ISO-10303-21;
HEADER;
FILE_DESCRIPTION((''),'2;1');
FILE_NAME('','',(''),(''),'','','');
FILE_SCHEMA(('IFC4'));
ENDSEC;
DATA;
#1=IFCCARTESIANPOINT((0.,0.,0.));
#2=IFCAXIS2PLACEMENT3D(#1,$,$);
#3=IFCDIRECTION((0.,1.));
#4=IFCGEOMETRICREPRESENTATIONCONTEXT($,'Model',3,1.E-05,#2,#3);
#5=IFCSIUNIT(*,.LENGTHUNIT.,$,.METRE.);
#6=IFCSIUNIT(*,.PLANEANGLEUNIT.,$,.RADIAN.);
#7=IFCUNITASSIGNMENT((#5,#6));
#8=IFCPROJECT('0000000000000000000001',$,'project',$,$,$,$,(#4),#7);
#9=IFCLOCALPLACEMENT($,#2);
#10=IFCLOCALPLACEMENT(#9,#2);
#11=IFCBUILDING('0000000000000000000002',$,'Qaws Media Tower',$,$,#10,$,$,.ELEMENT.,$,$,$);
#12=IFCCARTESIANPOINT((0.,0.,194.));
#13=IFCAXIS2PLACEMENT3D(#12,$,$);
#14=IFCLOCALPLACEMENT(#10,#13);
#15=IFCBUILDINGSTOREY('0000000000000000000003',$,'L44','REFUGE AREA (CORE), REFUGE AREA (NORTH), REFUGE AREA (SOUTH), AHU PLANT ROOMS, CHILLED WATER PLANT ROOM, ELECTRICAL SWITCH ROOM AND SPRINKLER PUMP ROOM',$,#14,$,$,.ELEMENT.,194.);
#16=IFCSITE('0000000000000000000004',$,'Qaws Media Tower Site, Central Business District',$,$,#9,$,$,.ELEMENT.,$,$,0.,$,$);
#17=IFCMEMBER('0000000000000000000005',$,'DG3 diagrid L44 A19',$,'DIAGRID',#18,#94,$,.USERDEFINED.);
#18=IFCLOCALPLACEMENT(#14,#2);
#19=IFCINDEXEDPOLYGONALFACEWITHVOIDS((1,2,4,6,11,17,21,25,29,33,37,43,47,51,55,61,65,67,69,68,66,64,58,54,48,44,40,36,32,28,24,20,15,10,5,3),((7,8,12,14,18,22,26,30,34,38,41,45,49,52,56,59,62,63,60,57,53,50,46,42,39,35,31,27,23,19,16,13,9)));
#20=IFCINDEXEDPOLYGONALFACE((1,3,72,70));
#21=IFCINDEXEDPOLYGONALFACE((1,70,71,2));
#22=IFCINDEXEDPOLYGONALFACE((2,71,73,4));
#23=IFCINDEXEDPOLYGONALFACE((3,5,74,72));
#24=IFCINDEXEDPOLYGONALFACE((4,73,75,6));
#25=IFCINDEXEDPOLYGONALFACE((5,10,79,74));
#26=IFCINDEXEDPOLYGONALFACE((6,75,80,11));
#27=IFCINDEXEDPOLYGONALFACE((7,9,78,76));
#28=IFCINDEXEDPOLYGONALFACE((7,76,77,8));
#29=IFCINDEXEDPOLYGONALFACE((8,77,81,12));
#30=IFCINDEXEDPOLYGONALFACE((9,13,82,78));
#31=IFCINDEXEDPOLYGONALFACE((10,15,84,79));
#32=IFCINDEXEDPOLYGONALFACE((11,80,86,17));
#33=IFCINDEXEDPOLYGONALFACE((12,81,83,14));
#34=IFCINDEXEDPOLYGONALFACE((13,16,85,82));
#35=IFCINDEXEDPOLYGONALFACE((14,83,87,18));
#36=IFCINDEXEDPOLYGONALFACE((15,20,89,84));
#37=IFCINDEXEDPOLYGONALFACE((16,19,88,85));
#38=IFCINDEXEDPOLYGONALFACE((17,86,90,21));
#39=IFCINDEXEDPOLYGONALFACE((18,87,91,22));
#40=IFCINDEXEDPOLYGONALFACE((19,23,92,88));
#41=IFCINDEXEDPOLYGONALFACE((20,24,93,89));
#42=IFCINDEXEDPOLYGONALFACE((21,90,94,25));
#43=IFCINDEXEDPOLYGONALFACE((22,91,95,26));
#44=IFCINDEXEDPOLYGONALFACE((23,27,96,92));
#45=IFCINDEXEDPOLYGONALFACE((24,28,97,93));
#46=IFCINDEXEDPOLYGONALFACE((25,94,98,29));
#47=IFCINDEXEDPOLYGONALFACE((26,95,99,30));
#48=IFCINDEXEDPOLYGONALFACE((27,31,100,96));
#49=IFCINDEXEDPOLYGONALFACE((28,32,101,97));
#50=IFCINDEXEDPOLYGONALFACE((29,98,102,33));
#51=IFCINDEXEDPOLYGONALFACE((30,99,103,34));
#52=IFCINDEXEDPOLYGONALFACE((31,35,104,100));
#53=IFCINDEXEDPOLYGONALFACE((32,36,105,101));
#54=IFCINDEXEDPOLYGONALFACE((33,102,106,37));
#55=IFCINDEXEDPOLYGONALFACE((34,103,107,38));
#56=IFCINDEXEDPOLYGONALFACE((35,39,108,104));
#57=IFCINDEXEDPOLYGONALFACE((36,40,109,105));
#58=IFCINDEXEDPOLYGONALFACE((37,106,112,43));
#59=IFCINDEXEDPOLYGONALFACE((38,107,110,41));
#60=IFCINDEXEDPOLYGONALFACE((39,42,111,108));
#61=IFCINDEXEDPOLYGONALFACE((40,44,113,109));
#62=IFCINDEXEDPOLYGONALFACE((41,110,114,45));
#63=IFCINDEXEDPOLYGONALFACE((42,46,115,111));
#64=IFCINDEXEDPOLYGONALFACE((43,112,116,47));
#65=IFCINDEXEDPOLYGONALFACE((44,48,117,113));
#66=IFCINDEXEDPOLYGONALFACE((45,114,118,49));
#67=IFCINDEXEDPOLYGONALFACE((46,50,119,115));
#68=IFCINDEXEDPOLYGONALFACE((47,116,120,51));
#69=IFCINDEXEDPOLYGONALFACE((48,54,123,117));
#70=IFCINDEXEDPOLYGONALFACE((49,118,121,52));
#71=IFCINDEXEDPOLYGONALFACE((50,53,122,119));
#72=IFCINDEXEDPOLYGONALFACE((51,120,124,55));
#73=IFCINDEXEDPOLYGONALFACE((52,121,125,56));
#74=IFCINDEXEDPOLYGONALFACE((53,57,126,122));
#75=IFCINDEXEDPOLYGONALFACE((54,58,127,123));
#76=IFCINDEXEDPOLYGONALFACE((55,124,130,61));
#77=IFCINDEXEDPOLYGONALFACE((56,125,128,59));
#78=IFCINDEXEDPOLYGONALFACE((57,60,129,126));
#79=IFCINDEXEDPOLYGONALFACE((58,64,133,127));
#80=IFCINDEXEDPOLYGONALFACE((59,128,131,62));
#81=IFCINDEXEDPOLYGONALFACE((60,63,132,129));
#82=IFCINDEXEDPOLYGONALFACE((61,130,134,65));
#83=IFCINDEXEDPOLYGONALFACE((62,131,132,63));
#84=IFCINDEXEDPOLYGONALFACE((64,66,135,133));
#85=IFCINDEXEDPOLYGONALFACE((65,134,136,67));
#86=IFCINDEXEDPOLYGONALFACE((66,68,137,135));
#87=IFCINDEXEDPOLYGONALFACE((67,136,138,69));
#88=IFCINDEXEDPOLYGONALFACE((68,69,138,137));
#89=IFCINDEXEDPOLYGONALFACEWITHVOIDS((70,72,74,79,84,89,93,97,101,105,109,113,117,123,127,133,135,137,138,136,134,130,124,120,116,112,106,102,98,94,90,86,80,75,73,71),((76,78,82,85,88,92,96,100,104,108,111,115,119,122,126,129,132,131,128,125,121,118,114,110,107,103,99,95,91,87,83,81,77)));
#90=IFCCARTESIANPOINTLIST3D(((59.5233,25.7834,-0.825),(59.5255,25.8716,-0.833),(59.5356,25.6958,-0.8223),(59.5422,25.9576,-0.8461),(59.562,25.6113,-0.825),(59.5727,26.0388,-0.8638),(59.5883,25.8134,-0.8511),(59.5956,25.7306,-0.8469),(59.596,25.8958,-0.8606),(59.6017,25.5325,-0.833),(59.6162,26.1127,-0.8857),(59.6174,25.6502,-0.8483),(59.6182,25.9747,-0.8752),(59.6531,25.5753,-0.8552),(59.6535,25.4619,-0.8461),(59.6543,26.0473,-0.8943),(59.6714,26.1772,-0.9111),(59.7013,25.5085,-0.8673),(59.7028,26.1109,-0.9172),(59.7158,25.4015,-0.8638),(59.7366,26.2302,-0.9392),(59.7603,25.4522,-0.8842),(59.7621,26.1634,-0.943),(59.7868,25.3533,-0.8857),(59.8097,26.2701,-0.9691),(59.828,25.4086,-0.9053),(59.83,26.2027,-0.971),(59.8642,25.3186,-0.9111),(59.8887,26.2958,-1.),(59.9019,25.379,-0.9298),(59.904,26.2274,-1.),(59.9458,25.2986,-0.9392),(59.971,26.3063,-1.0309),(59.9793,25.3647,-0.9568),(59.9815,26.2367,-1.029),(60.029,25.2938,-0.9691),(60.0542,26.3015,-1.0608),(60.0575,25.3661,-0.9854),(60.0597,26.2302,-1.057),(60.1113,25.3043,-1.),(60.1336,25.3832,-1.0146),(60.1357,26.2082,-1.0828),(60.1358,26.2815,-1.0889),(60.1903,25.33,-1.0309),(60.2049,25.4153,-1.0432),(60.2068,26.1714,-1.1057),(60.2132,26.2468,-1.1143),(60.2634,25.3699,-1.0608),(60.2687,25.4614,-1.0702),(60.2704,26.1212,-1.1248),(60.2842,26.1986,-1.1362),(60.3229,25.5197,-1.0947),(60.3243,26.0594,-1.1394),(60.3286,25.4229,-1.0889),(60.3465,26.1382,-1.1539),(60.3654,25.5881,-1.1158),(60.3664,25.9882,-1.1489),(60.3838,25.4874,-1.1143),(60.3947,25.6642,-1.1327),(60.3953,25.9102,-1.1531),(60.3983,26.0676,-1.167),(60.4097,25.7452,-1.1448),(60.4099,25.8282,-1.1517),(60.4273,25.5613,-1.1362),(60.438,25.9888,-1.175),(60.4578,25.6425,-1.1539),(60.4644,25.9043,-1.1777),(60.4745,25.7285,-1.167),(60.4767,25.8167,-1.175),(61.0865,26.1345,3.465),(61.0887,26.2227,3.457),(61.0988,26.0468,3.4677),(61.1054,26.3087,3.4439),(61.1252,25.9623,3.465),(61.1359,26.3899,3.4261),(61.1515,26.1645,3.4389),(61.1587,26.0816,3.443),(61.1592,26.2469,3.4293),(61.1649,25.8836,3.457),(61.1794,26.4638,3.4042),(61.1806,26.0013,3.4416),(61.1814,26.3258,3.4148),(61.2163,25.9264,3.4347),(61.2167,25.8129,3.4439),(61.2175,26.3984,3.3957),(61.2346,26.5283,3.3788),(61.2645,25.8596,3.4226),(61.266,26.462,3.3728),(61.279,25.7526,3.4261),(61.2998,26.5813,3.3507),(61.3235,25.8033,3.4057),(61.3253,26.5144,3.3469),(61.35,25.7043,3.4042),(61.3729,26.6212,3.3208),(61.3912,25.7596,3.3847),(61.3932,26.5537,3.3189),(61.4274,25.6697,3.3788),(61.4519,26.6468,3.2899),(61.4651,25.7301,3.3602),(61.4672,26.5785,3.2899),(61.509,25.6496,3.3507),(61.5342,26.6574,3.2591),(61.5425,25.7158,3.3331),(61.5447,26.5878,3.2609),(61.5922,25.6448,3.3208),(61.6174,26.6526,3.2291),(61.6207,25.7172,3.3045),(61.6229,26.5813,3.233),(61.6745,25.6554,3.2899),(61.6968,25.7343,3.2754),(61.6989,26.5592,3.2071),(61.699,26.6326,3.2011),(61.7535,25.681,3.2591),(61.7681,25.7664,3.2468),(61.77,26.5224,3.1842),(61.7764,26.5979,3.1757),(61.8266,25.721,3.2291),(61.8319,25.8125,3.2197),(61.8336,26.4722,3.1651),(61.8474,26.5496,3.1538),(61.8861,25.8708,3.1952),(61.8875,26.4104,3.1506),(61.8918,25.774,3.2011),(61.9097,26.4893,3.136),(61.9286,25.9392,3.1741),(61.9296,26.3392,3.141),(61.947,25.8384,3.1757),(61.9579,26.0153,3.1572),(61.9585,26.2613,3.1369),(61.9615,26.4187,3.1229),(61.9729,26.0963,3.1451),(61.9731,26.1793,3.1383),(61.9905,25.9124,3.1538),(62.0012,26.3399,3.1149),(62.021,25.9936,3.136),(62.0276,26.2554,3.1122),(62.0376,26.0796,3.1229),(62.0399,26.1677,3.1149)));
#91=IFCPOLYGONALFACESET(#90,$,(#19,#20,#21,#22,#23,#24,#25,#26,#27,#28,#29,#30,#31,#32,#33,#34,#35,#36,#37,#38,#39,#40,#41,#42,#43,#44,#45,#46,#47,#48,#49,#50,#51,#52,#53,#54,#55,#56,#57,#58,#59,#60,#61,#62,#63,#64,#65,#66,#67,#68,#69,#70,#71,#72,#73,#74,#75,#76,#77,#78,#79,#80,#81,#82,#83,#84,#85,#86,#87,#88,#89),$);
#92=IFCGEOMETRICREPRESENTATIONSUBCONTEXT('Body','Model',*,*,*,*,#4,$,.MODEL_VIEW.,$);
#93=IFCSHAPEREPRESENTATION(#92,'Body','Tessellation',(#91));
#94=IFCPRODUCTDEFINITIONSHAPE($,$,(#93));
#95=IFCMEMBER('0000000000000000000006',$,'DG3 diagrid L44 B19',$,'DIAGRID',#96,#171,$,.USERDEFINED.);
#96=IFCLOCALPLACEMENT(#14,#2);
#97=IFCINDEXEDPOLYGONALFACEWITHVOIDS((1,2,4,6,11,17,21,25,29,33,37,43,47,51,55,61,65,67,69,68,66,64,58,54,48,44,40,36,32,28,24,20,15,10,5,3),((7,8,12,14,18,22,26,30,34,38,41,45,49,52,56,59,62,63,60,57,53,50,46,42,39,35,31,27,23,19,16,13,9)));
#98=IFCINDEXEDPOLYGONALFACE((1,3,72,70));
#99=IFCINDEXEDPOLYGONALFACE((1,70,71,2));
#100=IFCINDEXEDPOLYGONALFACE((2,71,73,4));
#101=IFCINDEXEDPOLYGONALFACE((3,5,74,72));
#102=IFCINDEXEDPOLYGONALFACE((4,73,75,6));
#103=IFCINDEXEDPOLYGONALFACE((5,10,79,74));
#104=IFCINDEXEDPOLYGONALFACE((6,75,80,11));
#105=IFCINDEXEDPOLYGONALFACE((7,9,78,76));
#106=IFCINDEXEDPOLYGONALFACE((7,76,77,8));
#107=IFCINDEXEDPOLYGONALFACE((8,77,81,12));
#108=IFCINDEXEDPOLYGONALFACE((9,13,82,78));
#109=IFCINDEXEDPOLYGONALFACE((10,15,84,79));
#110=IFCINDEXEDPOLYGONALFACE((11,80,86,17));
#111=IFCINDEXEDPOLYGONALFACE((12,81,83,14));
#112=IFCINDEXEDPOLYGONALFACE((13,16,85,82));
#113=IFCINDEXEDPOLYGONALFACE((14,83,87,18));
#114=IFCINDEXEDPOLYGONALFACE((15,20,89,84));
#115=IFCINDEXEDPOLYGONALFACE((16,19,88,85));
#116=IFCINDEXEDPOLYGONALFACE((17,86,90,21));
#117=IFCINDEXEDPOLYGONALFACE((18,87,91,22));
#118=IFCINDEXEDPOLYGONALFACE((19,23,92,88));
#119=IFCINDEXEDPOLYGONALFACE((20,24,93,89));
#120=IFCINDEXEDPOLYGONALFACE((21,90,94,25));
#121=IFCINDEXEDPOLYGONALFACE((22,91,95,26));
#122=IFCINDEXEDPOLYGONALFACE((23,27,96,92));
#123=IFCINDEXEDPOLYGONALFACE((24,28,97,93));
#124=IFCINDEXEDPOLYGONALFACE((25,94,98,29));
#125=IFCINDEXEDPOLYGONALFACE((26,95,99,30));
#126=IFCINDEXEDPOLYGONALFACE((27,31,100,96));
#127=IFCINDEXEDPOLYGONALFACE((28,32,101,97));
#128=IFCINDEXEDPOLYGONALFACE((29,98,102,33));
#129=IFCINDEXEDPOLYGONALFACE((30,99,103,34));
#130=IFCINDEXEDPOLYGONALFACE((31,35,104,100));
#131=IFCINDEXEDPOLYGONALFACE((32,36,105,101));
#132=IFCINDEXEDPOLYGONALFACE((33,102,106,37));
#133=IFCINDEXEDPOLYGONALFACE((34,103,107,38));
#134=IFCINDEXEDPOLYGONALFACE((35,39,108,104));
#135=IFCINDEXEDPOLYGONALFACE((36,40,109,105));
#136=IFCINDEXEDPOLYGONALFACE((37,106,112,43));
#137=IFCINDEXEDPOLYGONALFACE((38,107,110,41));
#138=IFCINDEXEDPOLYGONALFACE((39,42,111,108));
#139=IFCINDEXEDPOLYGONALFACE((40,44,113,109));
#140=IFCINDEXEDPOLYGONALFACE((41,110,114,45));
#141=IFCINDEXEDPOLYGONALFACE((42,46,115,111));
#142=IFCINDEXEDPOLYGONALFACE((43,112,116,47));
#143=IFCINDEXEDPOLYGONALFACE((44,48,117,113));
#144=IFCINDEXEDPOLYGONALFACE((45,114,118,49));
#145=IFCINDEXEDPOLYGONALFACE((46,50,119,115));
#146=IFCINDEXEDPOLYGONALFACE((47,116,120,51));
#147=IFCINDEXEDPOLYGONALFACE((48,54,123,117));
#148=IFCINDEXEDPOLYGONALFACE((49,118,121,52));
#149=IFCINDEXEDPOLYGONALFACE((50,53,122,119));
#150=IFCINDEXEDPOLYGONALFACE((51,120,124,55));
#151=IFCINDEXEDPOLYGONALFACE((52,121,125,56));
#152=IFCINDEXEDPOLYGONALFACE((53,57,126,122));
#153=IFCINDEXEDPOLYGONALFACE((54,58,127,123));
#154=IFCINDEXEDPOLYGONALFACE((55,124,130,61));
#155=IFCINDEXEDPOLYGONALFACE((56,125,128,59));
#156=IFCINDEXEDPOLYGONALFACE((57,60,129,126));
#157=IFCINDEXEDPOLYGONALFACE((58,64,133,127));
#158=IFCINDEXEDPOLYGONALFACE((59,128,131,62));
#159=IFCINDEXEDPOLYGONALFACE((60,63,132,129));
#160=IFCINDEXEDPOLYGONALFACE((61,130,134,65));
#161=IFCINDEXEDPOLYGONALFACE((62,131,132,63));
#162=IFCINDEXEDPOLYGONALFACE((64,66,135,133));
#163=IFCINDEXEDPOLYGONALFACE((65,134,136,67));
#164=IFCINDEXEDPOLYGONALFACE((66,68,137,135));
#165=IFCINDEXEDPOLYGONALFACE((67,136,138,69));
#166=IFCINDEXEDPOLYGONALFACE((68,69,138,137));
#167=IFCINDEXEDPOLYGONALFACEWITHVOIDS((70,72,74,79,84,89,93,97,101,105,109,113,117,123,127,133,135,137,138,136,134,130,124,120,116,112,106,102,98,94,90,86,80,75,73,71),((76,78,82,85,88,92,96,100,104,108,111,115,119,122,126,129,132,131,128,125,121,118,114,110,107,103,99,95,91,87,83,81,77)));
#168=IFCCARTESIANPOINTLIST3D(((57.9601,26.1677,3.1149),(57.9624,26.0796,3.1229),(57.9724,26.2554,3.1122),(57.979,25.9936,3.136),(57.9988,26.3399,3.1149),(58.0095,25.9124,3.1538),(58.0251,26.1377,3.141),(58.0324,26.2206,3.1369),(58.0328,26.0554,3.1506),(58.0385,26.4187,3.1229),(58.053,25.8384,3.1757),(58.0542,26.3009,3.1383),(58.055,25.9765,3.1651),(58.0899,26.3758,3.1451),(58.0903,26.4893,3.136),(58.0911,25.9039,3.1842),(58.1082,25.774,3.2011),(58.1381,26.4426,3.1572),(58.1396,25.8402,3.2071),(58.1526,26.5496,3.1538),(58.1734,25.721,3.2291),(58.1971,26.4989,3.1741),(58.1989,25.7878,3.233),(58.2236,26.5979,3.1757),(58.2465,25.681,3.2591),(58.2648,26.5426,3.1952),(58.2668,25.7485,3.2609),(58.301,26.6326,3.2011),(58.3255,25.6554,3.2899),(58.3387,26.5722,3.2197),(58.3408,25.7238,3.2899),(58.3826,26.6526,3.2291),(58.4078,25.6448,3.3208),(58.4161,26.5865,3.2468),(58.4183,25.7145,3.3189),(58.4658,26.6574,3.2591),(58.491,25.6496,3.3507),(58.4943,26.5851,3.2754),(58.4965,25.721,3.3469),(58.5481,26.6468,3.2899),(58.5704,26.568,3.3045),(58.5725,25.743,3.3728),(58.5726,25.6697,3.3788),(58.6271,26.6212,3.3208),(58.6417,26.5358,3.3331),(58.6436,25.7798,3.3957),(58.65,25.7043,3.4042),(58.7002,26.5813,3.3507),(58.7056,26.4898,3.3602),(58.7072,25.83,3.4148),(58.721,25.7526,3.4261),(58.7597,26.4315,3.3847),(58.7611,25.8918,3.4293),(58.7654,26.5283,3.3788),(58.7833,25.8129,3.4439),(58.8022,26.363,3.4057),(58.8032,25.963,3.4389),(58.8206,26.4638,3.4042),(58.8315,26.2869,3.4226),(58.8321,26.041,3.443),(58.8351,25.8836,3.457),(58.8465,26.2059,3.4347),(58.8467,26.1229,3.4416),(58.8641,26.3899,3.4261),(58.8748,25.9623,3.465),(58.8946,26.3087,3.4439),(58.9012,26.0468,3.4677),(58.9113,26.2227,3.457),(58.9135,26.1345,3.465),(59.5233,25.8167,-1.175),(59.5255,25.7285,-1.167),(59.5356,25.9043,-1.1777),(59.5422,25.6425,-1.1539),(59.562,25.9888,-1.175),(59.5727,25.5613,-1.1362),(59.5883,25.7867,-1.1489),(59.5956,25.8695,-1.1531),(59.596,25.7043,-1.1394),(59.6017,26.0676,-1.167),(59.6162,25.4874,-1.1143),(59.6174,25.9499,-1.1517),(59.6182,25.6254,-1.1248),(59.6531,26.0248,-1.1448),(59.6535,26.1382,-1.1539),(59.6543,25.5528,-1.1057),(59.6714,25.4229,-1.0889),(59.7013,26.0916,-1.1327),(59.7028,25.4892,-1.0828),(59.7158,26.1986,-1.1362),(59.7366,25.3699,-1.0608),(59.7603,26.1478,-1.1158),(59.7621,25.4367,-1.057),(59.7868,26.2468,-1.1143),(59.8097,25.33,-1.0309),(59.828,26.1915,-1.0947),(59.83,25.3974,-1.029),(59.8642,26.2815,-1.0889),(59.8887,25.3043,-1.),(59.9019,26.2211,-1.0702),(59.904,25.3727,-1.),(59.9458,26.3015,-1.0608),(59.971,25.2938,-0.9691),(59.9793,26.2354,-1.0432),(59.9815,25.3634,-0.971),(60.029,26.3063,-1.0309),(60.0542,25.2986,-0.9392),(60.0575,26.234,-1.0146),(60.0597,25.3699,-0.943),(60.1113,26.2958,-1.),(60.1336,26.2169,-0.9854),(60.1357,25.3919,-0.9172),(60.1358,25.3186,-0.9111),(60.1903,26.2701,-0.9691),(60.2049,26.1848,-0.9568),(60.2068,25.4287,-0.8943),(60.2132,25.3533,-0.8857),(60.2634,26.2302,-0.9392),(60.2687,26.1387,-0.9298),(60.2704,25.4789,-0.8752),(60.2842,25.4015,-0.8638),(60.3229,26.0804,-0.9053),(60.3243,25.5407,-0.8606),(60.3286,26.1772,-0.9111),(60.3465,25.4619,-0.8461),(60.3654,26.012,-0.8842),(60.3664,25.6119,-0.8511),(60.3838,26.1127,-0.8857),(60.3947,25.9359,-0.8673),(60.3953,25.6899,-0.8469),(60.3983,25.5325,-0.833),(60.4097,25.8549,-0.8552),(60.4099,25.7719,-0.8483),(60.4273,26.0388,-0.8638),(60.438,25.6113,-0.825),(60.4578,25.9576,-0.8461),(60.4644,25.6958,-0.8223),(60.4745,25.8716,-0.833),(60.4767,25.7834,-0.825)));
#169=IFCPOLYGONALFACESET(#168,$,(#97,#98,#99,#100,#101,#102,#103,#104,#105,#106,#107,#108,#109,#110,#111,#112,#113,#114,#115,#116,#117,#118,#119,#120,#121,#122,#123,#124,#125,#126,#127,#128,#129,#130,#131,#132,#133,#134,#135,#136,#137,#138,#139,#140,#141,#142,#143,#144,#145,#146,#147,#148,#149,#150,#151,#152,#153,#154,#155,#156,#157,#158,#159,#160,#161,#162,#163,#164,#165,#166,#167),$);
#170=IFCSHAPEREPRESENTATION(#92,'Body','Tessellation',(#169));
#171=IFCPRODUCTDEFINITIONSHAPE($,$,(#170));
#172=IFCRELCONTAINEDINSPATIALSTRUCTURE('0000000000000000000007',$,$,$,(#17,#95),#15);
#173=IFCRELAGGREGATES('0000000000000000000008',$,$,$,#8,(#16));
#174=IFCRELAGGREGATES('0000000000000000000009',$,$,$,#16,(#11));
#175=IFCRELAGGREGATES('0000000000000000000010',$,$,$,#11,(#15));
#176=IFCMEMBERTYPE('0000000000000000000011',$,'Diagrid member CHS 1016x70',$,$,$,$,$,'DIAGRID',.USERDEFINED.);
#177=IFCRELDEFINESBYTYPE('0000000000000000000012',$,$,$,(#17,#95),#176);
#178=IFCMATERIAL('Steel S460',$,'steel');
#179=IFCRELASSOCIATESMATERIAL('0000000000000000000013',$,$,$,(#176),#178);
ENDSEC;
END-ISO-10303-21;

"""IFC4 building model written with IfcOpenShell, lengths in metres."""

from ifc_helpers import new_model, si_unit, direction, frame, origin, origin_2d, place, context, subcontext, project, spatial, hollow_circle, extrude, material, material_profile, profile_set, type_object, element, save


model = new_model("IFC4")

# Units and contexts
model_context = context("Model", 3, precision=1e-05, world=origin(), true_north=direction((0.0, 1.0)))
body_context = subcontext(model_context, "Body", "Model", "MODEL_VIEW")
ifc_project = project(units=[si_unit("LENGTHUNIT", "METRE"), si_unit("PLANEANGLEUNIT", "RADIAN")], contexts=[model_context])

# Site, building, storey
site_placement = place(None, origin())
site = spatial("IfcSite", under=ifc_project, at=site_placement, Name="Qaws Media Tower Site, Central Business District", CompositionType="ELEMENT", RefElevation=0.0)
building_placement = place(site_placement, origin())
building = spatial("IfcBuilding", under=site, at=building_placement, Name="Qaws Media Tower", CompositionType="ELEMENT")
storey_placement = place(building_placement, frame((0.0, 0.0, 194.0)))
storey = spatial("IfcBuildingStorey", under=building, at=storey_placement, Name="L44", Description="REFUGE AREA (CORE), REFUGE AREA (NORTH), REFUGE AREA (SOUTH), AHU PLANT ROOMS, CHILLED WATER PLANT ROOM, ELECTRICAL SWITCH ROOM AND SPRINKLER PUMP ROOM", CompositionType="ELEMENT", Elevation=194.0)

# Members
ifc_material_1 = material(Name="Steel S460", Category="steel")
ifc_material_profile_1 = material_profile(ifc_material_1, hollow_circle(Radius=0.5081, WallThickness=0.0701, at=origin_2d()), Name="CHS 1016x70")
ifc_profile_set_1 = profile_set([ifc_material_profile_1], Name="Steel S460")
member_type_1 = type_object("IfcMemberType", Name="Diagrid member CHS 1016x70", ElementType="DIAGRID", PredefinedType="USERDEFINED", material=ifc_profile_set_1)
for number, where, z_axis, x_axis, name in (
    (1, (60.0, 25.8, -1.0), (0.341358, 0.076663, 0.936802), (-0.219124, 0.975697, 0.0), "DG3 diagrid L44 A19"),
    (2, (60.0, 25.8, -1.0), (-0.341358, 0.076663, 0.936802), (-0.219124, -0.975697, 0.0), "DG3 diagrid L44 B19"),
):
    element("IfcMember", number, at=place(storey_placement, frame(where, z_axis=z_axis, x_axis=x_axis)), inside=storey, type_object=member_type_1, Name=name, ObjectType="DIAGRID", PredefinedType="USERDEFINED", context=body_context, shape_type="SweptSolid", body=[
        extrude(hollow_circle(Radius=0.5081, WallThickness=0.0701, at=origin_2d()), origin(), (0.0, 0.0, 1.0), 4.5793),
    ])

save(model, "model.ifc")
